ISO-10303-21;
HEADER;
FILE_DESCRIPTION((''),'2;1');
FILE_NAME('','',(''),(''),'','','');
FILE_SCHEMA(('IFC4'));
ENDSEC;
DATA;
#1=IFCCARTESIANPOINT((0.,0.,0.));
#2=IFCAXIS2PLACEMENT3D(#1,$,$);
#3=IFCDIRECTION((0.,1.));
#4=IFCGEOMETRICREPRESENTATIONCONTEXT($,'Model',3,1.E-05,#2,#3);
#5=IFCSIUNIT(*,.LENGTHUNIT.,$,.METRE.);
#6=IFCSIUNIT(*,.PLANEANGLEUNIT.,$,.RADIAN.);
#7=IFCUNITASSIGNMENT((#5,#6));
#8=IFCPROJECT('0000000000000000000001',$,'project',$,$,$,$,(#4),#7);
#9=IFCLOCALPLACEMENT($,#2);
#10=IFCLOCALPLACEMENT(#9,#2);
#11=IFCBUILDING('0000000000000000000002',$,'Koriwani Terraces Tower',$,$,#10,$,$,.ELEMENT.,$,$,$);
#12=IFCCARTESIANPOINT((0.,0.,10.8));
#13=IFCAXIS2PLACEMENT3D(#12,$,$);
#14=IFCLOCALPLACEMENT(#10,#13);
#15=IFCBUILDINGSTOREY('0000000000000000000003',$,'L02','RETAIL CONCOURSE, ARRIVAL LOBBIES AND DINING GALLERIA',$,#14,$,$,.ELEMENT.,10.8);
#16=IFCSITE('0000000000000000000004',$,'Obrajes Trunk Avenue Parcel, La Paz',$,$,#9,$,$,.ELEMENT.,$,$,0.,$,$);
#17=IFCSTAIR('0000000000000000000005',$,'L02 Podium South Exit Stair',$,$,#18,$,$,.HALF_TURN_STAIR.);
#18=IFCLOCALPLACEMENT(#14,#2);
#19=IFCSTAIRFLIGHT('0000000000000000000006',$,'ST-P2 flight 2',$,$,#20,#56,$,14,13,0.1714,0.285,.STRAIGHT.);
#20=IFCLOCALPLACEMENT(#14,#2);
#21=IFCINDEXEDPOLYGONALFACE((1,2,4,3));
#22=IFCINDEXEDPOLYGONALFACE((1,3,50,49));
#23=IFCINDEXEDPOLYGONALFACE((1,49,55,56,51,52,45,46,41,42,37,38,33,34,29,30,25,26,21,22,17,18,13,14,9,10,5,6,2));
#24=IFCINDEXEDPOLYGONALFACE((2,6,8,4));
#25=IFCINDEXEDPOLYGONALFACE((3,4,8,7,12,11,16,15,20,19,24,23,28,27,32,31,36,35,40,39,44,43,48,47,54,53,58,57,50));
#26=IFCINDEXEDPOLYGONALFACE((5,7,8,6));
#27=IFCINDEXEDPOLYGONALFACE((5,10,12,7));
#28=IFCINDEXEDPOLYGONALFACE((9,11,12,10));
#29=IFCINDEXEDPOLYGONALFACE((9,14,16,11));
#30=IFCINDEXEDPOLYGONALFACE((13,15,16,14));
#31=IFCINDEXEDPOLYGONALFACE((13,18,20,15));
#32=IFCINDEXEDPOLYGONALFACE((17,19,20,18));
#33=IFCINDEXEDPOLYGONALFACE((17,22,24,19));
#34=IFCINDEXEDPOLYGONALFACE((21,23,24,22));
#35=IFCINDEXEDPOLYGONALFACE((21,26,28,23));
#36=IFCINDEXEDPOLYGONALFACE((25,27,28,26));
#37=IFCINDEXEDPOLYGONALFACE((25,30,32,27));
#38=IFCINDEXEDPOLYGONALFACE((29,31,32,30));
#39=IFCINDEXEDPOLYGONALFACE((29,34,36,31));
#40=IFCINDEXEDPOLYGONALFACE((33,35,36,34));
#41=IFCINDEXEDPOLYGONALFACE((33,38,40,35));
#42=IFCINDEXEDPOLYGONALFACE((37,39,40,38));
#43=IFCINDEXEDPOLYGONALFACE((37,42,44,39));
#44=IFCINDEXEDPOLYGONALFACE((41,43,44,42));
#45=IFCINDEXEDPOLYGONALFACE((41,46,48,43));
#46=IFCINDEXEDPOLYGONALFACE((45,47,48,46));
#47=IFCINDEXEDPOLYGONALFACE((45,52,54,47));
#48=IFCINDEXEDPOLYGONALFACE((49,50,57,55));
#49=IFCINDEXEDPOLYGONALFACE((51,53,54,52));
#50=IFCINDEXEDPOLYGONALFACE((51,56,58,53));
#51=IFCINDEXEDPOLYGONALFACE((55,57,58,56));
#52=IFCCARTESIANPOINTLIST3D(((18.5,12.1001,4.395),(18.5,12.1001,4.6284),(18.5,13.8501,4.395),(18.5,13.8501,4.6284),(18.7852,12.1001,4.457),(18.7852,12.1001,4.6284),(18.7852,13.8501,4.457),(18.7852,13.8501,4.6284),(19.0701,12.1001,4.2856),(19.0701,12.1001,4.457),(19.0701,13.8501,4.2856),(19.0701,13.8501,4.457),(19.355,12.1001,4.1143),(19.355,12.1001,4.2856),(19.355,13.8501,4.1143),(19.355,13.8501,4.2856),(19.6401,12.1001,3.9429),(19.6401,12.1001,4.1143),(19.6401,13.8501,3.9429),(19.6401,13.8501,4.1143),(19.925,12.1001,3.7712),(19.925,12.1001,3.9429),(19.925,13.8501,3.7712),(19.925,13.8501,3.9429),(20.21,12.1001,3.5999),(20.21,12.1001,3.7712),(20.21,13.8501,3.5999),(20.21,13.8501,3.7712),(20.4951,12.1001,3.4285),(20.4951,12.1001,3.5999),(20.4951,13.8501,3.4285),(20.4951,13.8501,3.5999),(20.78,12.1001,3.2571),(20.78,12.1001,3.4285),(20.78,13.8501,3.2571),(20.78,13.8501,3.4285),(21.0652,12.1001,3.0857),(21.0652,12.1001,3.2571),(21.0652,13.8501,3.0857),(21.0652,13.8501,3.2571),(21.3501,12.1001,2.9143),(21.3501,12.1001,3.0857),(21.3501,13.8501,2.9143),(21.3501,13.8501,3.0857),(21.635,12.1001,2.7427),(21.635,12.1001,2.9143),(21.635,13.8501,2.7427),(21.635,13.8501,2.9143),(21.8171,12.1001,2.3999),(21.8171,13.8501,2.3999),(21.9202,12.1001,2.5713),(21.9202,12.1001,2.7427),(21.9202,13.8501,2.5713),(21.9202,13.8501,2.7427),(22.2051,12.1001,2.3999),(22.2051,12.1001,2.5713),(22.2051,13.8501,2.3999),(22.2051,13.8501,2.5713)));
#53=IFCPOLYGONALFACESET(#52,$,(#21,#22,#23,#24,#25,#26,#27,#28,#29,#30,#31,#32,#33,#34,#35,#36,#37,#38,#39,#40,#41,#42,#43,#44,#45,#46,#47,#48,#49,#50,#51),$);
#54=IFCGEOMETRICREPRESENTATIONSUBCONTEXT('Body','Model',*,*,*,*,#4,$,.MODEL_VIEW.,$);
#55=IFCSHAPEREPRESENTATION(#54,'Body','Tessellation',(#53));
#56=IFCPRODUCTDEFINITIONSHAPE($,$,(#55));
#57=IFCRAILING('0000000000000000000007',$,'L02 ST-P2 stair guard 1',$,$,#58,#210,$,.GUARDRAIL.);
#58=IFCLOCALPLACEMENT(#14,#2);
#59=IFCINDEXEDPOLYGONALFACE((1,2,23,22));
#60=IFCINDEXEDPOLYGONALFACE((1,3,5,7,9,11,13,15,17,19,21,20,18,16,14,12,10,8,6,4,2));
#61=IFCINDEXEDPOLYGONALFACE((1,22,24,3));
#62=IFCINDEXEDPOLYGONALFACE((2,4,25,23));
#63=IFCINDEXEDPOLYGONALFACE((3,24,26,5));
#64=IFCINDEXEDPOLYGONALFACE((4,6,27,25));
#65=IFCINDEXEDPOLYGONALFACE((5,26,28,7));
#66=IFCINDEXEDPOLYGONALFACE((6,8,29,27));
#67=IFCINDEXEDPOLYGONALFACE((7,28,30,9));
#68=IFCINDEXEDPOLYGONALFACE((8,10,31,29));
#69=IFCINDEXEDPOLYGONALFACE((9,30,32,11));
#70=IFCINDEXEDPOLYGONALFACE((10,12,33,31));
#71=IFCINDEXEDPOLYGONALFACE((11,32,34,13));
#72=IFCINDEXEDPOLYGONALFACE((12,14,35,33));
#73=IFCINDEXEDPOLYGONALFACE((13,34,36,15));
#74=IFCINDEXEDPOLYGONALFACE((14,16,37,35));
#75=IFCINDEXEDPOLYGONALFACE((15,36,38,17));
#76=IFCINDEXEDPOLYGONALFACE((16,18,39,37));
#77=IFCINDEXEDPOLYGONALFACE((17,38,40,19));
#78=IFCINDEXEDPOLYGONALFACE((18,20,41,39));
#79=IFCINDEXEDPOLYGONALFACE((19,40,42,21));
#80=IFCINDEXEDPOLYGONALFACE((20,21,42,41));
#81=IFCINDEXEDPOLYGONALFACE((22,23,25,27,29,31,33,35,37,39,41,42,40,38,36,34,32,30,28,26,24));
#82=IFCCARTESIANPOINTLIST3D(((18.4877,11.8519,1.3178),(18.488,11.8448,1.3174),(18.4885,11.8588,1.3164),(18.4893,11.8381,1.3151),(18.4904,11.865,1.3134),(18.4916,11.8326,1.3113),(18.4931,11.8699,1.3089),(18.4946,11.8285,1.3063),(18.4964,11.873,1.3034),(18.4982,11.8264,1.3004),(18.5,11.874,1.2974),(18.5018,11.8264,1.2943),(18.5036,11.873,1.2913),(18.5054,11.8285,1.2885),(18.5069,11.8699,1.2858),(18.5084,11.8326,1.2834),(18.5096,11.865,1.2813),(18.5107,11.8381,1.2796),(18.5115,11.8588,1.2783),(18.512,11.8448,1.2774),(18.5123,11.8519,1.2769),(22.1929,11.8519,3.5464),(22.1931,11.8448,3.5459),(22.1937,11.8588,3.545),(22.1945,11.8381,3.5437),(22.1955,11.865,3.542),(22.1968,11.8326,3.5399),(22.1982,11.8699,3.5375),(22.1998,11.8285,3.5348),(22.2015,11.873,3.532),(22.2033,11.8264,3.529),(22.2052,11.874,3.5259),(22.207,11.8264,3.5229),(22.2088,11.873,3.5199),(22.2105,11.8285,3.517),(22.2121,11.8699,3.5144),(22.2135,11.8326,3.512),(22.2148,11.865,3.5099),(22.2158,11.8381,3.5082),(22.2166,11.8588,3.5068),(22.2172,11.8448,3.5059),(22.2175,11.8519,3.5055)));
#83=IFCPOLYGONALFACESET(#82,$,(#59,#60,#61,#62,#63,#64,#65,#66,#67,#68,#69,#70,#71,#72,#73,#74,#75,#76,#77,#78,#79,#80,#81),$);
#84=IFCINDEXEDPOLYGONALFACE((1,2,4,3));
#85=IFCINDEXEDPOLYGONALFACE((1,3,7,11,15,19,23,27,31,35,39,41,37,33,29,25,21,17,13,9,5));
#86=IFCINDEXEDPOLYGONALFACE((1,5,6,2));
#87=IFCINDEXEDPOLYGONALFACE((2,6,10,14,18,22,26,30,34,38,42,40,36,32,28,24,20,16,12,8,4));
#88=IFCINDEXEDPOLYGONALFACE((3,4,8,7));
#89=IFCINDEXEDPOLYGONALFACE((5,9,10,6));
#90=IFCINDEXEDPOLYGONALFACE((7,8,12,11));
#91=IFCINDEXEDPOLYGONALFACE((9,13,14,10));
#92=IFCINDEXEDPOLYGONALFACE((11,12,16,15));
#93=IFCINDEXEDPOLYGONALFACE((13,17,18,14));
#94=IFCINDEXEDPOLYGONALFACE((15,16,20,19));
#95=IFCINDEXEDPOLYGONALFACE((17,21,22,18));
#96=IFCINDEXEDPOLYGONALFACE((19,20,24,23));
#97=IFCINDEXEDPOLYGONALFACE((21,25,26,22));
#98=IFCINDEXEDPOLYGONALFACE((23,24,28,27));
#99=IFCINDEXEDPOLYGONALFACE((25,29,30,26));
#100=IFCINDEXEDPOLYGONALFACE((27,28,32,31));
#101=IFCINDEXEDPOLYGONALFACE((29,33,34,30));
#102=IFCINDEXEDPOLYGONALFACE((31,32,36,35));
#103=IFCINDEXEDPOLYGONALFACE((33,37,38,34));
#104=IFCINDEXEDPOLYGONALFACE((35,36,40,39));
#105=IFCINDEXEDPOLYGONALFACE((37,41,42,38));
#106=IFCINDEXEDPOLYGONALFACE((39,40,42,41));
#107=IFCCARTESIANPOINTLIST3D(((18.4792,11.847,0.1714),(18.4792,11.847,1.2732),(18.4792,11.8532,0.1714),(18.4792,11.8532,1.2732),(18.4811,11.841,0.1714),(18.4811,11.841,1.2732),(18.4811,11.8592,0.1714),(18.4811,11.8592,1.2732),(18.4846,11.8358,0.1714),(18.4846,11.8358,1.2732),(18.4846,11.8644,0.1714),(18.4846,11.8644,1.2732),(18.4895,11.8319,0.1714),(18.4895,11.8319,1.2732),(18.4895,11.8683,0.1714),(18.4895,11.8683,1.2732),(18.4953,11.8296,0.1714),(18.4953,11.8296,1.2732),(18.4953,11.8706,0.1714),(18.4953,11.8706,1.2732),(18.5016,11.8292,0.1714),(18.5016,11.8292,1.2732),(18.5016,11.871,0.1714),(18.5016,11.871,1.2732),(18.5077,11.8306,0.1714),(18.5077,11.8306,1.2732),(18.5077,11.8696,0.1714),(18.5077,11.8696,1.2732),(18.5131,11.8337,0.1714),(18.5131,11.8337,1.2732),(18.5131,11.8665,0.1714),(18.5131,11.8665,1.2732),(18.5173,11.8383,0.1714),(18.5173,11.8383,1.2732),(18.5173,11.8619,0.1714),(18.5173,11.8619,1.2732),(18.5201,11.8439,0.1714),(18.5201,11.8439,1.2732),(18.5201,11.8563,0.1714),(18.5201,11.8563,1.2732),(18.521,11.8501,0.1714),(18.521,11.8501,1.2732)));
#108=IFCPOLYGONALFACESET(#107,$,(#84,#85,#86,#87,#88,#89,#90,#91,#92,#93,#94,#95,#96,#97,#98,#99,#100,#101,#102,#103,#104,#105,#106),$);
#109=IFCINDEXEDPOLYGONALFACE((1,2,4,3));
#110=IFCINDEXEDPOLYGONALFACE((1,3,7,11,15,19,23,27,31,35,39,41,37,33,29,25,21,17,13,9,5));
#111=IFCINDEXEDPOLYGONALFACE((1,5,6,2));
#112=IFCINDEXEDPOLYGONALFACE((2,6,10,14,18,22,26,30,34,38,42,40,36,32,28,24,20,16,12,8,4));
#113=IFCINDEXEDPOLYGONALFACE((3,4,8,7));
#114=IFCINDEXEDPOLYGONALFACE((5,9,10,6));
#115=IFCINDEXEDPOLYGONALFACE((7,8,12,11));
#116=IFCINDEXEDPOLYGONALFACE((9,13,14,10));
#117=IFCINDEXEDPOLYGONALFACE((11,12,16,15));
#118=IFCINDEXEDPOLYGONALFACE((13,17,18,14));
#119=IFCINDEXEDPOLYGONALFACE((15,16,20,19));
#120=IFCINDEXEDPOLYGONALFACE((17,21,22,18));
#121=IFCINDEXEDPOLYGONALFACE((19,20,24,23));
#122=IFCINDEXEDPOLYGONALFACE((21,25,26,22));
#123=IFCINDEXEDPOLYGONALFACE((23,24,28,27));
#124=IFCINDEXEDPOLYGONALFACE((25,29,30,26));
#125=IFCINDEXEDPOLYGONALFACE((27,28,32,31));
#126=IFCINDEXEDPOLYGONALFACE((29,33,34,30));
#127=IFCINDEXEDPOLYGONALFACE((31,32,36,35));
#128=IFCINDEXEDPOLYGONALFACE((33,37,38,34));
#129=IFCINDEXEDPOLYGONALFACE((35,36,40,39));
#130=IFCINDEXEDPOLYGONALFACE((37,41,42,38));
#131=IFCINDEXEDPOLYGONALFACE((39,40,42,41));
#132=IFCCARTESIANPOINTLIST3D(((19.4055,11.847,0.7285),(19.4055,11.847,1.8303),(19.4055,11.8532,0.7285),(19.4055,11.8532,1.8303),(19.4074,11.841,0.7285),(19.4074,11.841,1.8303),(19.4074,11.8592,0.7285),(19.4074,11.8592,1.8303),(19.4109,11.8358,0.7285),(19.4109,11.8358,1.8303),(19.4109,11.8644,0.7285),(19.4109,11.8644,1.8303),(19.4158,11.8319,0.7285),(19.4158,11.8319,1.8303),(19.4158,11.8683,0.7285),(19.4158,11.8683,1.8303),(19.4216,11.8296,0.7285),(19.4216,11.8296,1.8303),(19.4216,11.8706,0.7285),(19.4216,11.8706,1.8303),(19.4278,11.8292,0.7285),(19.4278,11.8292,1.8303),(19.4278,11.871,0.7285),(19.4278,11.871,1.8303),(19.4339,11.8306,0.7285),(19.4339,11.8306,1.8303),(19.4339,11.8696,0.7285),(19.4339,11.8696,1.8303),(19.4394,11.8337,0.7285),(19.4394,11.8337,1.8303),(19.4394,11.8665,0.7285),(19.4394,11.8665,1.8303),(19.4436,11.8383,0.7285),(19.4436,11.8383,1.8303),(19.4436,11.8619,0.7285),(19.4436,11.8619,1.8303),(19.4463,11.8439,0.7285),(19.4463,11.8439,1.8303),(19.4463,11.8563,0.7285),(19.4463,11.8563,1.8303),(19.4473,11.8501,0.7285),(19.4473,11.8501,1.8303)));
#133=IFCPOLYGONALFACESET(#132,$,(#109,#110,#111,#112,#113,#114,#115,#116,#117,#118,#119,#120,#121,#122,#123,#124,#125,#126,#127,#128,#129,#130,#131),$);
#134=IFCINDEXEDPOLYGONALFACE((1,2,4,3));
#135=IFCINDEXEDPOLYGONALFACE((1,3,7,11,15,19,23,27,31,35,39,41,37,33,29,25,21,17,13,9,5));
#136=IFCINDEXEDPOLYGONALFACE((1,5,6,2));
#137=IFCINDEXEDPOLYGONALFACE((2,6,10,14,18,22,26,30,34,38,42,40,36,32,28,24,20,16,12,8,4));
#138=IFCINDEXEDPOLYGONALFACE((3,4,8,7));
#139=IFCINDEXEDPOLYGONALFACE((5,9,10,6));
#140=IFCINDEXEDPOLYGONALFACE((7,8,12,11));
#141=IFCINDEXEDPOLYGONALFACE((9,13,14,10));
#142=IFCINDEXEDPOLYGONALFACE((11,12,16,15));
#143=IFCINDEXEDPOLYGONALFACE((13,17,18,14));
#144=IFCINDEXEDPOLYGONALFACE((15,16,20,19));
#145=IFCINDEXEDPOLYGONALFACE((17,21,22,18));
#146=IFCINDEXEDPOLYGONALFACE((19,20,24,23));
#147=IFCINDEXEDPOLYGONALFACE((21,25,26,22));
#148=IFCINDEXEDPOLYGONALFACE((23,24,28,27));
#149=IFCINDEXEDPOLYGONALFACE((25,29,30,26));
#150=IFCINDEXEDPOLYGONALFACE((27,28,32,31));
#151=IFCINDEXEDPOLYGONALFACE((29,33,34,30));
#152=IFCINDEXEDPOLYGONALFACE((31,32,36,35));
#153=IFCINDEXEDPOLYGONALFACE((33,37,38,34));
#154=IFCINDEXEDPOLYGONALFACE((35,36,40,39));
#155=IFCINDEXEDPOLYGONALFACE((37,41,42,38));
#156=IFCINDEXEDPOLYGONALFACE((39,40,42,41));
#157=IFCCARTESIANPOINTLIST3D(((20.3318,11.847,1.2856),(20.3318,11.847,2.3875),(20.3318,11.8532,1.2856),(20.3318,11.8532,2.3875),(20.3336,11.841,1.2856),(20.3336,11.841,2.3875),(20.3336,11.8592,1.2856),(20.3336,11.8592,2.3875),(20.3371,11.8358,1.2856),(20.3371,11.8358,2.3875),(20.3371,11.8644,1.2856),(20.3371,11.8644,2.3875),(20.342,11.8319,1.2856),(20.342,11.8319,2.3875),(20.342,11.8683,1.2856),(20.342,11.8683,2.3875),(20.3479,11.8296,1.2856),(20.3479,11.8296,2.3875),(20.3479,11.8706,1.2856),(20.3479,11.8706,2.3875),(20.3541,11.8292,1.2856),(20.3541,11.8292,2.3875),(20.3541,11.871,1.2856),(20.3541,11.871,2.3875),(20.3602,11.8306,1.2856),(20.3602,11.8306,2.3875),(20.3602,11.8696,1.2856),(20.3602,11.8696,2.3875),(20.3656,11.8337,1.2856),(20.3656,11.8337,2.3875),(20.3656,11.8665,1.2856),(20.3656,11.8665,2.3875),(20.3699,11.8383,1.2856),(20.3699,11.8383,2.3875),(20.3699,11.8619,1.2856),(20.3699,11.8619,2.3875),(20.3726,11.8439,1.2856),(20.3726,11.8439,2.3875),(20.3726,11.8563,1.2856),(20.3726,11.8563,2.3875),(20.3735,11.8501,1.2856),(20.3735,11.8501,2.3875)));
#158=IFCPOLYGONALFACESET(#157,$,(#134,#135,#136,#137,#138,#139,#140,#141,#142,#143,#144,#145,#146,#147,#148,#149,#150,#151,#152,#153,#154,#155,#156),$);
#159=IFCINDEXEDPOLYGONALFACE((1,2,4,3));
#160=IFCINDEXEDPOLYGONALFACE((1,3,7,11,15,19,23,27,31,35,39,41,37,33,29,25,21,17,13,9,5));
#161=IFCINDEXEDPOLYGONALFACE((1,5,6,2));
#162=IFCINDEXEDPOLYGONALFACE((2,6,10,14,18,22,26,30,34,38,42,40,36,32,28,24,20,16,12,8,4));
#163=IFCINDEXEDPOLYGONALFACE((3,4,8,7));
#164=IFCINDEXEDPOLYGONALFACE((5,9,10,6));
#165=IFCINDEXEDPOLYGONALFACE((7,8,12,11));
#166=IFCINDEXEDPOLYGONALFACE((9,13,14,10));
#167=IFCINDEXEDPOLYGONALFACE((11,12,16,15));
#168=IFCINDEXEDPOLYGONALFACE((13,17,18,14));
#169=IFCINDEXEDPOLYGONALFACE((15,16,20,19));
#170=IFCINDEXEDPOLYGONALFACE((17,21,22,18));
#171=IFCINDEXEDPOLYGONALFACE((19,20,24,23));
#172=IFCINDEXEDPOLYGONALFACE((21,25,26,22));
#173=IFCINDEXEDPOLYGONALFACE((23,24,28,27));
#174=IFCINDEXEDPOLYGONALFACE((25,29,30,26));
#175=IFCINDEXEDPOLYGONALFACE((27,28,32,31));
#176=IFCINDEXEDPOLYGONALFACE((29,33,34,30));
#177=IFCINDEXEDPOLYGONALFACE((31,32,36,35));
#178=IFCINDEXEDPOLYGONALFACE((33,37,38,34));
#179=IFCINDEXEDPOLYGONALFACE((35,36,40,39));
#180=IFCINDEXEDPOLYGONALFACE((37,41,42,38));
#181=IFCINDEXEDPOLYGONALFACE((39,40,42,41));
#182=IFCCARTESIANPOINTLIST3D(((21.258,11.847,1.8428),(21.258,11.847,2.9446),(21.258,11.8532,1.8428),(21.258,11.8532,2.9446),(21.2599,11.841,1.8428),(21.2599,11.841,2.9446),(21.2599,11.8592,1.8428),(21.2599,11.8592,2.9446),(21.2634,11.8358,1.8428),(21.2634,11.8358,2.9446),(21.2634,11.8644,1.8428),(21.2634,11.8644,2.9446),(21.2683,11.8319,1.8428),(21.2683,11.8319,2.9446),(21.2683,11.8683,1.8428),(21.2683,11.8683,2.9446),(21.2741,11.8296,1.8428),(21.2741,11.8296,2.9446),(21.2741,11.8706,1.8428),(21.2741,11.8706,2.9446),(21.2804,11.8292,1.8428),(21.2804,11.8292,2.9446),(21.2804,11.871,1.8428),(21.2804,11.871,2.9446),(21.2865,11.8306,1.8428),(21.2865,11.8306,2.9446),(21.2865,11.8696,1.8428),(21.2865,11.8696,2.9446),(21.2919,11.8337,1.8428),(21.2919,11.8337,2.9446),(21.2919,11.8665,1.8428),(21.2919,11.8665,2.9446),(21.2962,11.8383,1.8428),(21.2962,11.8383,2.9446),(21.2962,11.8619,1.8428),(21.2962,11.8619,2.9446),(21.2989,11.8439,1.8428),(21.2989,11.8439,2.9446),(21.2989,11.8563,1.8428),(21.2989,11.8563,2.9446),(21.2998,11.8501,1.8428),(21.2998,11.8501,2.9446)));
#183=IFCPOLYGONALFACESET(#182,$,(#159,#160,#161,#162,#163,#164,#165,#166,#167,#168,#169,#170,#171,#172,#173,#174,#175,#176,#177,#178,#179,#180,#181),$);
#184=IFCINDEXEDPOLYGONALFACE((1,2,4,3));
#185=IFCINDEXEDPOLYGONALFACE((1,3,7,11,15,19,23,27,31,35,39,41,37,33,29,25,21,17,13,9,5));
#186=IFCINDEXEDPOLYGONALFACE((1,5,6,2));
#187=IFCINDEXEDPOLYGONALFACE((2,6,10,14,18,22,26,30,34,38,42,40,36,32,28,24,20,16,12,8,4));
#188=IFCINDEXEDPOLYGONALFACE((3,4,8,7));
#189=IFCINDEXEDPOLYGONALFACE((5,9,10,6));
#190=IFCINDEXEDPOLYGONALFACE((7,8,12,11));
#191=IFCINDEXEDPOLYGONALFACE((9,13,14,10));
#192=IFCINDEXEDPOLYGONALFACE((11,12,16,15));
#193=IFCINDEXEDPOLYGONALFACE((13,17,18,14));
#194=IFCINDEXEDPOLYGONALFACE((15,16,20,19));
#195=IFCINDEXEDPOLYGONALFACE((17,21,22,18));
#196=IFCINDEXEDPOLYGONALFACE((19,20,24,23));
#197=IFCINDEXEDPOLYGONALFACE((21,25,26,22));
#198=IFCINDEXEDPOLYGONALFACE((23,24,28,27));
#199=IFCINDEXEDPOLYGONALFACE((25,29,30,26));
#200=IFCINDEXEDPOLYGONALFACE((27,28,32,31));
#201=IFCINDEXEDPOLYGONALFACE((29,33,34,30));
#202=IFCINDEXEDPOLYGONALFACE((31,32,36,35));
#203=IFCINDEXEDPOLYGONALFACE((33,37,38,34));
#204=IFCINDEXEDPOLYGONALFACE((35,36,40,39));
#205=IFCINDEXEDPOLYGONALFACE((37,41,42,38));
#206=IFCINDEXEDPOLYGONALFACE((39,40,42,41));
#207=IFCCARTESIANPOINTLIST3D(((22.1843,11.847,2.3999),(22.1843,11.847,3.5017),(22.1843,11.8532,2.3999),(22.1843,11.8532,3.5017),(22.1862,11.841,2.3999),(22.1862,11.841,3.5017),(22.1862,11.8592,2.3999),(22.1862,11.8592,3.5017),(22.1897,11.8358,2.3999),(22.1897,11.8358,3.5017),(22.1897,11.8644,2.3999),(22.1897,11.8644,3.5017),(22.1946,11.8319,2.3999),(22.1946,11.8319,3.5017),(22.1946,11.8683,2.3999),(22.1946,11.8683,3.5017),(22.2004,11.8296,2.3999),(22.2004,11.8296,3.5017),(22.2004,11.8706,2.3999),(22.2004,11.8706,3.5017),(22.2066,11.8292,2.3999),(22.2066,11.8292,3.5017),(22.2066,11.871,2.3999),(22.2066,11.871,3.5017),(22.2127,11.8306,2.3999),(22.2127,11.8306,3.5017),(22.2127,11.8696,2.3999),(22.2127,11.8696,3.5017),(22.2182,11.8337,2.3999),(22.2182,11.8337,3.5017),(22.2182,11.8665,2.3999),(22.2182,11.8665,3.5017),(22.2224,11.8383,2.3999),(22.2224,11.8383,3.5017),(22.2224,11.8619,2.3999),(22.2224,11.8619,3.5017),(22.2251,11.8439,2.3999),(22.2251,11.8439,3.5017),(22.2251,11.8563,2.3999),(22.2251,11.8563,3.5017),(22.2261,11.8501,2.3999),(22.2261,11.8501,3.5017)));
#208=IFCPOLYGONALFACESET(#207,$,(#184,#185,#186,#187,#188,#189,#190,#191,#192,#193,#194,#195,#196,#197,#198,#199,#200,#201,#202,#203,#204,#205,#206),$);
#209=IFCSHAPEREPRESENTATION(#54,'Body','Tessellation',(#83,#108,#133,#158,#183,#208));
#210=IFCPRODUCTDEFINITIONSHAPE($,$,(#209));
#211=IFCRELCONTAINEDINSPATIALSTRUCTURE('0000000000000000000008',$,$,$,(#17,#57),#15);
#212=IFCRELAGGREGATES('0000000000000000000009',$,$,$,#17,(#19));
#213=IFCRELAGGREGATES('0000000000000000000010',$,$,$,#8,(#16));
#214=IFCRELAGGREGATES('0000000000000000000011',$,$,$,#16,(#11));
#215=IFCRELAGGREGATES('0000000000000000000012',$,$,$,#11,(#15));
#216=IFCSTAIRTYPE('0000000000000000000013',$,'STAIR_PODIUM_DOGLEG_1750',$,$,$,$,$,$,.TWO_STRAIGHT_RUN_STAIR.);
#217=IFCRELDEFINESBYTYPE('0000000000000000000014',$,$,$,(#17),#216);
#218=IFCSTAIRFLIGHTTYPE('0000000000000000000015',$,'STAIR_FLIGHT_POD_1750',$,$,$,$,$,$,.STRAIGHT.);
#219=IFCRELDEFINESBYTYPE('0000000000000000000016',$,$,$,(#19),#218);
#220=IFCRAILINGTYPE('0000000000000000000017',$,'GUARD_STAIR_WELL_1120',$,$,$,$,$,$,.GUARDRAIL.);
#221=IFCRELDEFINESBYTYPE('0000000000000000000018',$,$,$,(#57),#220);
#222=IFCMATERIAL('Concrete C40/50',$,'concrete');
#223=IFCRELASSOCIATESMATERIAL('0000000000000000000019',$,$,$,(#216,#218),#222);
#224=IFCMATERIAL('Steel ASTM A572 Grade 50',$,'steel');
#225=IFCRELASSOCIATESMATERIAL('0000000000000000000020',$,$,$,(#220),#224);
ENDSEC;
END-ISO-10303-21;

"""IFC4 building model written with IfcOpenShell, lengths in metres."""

from ifc_helpers import new_model, si_unit, direction, frame, origin, origin_2d, place, context, subcontext, project, spatial, polyline, circle, outline, extrude, material, type_object, element, aggregate, save


model = new_model("IFC4")

# Units and contexts
model_context = context("Model", 3, precision=1e-05, world=origin(), true_north=direction((0.0, 1.0)))
body_context = subcontext(model_context, "Body", "Model", "MODEL_VIEW")
ifc_project = project(units=[si_unit("LENGTHUNIT", "METRE"), si_unit("PLANEANGLEUNIT", "RADIAN")], contexts=[model_context])

# Site, building, storey
site_placement = place(None, origin())
site = spatial("IfcSite", under=ifc_project, at=site_placement, Name="Obrajes Trunk Avenue Parcel, La Paz", CompositionType="ELEMENT", RefElevation=0.0)
building_placement = place(site_placement, origin())
building = spatial("IfcBuilding", under=site, at=building_placement, Name="Koriwani Terraces Tower", CompositionType="ELEMENT")
storey_placement = place(building_placement, frame((0.0, 0.0, 10.8)))
storey = spatial("IfcBuildingStorey", under=building, at=storey_placement, Name="L02", Description="RETAIL CONCOURSE, ARRIVAL LOBBIES AND DINING GALLERIA", CompositionType="ELEMENT", Elevation=10.8)

# Shared definitions
ifc_material_1 = material(Name="Concrete C40/50", Category="concrete")
ifc_material_2 = material(Name="Steel ASTM A572 Grade 50", Category="steel")

# Stair, stair flight
stair_type = type_object("IfcStairType", Name="STAIR_PODIUM_DOGLEG_1750", PredefinedType="TWO_STRAIGHT_RUN_STAIR", material=ifc_material_1)
stair_placement = place(storey_placement, origin())
stair = element("IfcStair", 1, at=stair_placement, inside=storey, type_object=stair_type, Name="L02 Podium South Exit Stair", PredefinedType="HALF_TURN_STAIR")
stair_flight_type = type_object("IfcStairFlightType", Name="STAIR_FLIGHT_POD_1750", PredefinedType="STRAIGHT", material=ifc_material_1)
stair_flight_1_placement = place(storey_placement, frame((22.2051, 12.9751, 2.3999), z_axis=(0.0, 0.0, 1.0), x_axis=(-1.0, 0.0, 0.0)))
stair_flight_1 = element("IfcStairFlight", 2, at=stair_flight_1_placement, type_object=stair_flight_type, Name="ST-P2 flight 2", NumberOfRisers=14, NumberOfTreads=13, PredefinedType="STRAIGHT", RiserHeight=0.1714, TreadLength=0.285, context=body_context, shape_type="SweptSolid", body=[
    extrude(outline(polyline([(0.0, 0.0), (0.0, 0.1714), (0.2849, 0.1714), (0.2849, 0.3428), (0.5701, 0.3428), (0.5701, 0.5144), (0.855, 0.5144), (0.855, 0.6858), (1.1399, 0.6858), (1.1399, 0.8572), (1.425, 0.8572), (1.425, 1.0286), (1.71, 1.0286), (1.71, 1.2), (1.9951, 1.2), (1.9951, 1.3713), (2.28, 1.3713), (2.28, 1.543), (2.5649, 1.543), (2.5649, 1.7144), (2.8501, 1.7144), (2.8501, 1.8857), (3.135, 1.8857), (3.135, 2.0571), (3.4199, 2.0571), (3.4199, 2.2285), (3.7051, 2.2285), (3.7051, 2.3999), (3.7051, 1.9951), (0.3879, 0.0), (0.0, 0.0)])), frame((0.0, 0.875, 0.0), z_axis=(0.0, -1.0, 0.0), x_axis=(1.0, 0.0, 0.0)), (0.0, 0.0, 1.0), 1.75),
])
aggregate(stair, [stair_flight_1])

# Railing
railing_type_1 = type_object("IfcRailingType", Name="GUARD_STAIR_WELL_1120", PredefinedType="GUARDRAIL", material=ifc_material_2)
railing_1_placement = place(storey_placement, frame((18.5, 11.8501, 0.1714)))
element("IfcRailing", 3, at=railing_1_placement, inside=storey, type_object=railing_type_1, Name="L02 ST-P2 stair guard 1", PredefinedType="GUARDRAIL", context=body_context, shape_type="SweptSolid", body=[
    extrude(circle(Radius=0.0239, at=origin_2d()), frame((0.0, 0.0, 1.126), z_axis=(0.856934, 0.0, 0.515425), x_axis=(0.0, 1.0, 0.0)), (0.0, 0.0, 1.0), 4.3237),
    extrude(circle(Radius=0.021, at=origin_2d()), origin(), (0.0, 0.0, 1.0), 1.1018),
    extrude(circle(Radius=0.021, at=origin_2d()), frame((0.9263, 0.0, 0.5571)), (0.0, 0.0, 1.0), 1.1018),
    extrude(circle(Radius=0.021, at=origin_2d()), frame((1.8525, 0.0, 1.1143)), (0.0, 0.0, 1.0), 1.1018),
    extrude(circle(Radius=0.021, at=origin_2d()), frame((2.7788, 0.0, 1.6714)), (0.0, 0.0, 1.0), 1.1018),
    extrude(circle(Radius=0.021, at=origin_2d()), frame((3.7051, 0.0, 2.2285)), (0.0, 0.0, 1.0), 1.1018),
])

save(model, "model.ifc")
